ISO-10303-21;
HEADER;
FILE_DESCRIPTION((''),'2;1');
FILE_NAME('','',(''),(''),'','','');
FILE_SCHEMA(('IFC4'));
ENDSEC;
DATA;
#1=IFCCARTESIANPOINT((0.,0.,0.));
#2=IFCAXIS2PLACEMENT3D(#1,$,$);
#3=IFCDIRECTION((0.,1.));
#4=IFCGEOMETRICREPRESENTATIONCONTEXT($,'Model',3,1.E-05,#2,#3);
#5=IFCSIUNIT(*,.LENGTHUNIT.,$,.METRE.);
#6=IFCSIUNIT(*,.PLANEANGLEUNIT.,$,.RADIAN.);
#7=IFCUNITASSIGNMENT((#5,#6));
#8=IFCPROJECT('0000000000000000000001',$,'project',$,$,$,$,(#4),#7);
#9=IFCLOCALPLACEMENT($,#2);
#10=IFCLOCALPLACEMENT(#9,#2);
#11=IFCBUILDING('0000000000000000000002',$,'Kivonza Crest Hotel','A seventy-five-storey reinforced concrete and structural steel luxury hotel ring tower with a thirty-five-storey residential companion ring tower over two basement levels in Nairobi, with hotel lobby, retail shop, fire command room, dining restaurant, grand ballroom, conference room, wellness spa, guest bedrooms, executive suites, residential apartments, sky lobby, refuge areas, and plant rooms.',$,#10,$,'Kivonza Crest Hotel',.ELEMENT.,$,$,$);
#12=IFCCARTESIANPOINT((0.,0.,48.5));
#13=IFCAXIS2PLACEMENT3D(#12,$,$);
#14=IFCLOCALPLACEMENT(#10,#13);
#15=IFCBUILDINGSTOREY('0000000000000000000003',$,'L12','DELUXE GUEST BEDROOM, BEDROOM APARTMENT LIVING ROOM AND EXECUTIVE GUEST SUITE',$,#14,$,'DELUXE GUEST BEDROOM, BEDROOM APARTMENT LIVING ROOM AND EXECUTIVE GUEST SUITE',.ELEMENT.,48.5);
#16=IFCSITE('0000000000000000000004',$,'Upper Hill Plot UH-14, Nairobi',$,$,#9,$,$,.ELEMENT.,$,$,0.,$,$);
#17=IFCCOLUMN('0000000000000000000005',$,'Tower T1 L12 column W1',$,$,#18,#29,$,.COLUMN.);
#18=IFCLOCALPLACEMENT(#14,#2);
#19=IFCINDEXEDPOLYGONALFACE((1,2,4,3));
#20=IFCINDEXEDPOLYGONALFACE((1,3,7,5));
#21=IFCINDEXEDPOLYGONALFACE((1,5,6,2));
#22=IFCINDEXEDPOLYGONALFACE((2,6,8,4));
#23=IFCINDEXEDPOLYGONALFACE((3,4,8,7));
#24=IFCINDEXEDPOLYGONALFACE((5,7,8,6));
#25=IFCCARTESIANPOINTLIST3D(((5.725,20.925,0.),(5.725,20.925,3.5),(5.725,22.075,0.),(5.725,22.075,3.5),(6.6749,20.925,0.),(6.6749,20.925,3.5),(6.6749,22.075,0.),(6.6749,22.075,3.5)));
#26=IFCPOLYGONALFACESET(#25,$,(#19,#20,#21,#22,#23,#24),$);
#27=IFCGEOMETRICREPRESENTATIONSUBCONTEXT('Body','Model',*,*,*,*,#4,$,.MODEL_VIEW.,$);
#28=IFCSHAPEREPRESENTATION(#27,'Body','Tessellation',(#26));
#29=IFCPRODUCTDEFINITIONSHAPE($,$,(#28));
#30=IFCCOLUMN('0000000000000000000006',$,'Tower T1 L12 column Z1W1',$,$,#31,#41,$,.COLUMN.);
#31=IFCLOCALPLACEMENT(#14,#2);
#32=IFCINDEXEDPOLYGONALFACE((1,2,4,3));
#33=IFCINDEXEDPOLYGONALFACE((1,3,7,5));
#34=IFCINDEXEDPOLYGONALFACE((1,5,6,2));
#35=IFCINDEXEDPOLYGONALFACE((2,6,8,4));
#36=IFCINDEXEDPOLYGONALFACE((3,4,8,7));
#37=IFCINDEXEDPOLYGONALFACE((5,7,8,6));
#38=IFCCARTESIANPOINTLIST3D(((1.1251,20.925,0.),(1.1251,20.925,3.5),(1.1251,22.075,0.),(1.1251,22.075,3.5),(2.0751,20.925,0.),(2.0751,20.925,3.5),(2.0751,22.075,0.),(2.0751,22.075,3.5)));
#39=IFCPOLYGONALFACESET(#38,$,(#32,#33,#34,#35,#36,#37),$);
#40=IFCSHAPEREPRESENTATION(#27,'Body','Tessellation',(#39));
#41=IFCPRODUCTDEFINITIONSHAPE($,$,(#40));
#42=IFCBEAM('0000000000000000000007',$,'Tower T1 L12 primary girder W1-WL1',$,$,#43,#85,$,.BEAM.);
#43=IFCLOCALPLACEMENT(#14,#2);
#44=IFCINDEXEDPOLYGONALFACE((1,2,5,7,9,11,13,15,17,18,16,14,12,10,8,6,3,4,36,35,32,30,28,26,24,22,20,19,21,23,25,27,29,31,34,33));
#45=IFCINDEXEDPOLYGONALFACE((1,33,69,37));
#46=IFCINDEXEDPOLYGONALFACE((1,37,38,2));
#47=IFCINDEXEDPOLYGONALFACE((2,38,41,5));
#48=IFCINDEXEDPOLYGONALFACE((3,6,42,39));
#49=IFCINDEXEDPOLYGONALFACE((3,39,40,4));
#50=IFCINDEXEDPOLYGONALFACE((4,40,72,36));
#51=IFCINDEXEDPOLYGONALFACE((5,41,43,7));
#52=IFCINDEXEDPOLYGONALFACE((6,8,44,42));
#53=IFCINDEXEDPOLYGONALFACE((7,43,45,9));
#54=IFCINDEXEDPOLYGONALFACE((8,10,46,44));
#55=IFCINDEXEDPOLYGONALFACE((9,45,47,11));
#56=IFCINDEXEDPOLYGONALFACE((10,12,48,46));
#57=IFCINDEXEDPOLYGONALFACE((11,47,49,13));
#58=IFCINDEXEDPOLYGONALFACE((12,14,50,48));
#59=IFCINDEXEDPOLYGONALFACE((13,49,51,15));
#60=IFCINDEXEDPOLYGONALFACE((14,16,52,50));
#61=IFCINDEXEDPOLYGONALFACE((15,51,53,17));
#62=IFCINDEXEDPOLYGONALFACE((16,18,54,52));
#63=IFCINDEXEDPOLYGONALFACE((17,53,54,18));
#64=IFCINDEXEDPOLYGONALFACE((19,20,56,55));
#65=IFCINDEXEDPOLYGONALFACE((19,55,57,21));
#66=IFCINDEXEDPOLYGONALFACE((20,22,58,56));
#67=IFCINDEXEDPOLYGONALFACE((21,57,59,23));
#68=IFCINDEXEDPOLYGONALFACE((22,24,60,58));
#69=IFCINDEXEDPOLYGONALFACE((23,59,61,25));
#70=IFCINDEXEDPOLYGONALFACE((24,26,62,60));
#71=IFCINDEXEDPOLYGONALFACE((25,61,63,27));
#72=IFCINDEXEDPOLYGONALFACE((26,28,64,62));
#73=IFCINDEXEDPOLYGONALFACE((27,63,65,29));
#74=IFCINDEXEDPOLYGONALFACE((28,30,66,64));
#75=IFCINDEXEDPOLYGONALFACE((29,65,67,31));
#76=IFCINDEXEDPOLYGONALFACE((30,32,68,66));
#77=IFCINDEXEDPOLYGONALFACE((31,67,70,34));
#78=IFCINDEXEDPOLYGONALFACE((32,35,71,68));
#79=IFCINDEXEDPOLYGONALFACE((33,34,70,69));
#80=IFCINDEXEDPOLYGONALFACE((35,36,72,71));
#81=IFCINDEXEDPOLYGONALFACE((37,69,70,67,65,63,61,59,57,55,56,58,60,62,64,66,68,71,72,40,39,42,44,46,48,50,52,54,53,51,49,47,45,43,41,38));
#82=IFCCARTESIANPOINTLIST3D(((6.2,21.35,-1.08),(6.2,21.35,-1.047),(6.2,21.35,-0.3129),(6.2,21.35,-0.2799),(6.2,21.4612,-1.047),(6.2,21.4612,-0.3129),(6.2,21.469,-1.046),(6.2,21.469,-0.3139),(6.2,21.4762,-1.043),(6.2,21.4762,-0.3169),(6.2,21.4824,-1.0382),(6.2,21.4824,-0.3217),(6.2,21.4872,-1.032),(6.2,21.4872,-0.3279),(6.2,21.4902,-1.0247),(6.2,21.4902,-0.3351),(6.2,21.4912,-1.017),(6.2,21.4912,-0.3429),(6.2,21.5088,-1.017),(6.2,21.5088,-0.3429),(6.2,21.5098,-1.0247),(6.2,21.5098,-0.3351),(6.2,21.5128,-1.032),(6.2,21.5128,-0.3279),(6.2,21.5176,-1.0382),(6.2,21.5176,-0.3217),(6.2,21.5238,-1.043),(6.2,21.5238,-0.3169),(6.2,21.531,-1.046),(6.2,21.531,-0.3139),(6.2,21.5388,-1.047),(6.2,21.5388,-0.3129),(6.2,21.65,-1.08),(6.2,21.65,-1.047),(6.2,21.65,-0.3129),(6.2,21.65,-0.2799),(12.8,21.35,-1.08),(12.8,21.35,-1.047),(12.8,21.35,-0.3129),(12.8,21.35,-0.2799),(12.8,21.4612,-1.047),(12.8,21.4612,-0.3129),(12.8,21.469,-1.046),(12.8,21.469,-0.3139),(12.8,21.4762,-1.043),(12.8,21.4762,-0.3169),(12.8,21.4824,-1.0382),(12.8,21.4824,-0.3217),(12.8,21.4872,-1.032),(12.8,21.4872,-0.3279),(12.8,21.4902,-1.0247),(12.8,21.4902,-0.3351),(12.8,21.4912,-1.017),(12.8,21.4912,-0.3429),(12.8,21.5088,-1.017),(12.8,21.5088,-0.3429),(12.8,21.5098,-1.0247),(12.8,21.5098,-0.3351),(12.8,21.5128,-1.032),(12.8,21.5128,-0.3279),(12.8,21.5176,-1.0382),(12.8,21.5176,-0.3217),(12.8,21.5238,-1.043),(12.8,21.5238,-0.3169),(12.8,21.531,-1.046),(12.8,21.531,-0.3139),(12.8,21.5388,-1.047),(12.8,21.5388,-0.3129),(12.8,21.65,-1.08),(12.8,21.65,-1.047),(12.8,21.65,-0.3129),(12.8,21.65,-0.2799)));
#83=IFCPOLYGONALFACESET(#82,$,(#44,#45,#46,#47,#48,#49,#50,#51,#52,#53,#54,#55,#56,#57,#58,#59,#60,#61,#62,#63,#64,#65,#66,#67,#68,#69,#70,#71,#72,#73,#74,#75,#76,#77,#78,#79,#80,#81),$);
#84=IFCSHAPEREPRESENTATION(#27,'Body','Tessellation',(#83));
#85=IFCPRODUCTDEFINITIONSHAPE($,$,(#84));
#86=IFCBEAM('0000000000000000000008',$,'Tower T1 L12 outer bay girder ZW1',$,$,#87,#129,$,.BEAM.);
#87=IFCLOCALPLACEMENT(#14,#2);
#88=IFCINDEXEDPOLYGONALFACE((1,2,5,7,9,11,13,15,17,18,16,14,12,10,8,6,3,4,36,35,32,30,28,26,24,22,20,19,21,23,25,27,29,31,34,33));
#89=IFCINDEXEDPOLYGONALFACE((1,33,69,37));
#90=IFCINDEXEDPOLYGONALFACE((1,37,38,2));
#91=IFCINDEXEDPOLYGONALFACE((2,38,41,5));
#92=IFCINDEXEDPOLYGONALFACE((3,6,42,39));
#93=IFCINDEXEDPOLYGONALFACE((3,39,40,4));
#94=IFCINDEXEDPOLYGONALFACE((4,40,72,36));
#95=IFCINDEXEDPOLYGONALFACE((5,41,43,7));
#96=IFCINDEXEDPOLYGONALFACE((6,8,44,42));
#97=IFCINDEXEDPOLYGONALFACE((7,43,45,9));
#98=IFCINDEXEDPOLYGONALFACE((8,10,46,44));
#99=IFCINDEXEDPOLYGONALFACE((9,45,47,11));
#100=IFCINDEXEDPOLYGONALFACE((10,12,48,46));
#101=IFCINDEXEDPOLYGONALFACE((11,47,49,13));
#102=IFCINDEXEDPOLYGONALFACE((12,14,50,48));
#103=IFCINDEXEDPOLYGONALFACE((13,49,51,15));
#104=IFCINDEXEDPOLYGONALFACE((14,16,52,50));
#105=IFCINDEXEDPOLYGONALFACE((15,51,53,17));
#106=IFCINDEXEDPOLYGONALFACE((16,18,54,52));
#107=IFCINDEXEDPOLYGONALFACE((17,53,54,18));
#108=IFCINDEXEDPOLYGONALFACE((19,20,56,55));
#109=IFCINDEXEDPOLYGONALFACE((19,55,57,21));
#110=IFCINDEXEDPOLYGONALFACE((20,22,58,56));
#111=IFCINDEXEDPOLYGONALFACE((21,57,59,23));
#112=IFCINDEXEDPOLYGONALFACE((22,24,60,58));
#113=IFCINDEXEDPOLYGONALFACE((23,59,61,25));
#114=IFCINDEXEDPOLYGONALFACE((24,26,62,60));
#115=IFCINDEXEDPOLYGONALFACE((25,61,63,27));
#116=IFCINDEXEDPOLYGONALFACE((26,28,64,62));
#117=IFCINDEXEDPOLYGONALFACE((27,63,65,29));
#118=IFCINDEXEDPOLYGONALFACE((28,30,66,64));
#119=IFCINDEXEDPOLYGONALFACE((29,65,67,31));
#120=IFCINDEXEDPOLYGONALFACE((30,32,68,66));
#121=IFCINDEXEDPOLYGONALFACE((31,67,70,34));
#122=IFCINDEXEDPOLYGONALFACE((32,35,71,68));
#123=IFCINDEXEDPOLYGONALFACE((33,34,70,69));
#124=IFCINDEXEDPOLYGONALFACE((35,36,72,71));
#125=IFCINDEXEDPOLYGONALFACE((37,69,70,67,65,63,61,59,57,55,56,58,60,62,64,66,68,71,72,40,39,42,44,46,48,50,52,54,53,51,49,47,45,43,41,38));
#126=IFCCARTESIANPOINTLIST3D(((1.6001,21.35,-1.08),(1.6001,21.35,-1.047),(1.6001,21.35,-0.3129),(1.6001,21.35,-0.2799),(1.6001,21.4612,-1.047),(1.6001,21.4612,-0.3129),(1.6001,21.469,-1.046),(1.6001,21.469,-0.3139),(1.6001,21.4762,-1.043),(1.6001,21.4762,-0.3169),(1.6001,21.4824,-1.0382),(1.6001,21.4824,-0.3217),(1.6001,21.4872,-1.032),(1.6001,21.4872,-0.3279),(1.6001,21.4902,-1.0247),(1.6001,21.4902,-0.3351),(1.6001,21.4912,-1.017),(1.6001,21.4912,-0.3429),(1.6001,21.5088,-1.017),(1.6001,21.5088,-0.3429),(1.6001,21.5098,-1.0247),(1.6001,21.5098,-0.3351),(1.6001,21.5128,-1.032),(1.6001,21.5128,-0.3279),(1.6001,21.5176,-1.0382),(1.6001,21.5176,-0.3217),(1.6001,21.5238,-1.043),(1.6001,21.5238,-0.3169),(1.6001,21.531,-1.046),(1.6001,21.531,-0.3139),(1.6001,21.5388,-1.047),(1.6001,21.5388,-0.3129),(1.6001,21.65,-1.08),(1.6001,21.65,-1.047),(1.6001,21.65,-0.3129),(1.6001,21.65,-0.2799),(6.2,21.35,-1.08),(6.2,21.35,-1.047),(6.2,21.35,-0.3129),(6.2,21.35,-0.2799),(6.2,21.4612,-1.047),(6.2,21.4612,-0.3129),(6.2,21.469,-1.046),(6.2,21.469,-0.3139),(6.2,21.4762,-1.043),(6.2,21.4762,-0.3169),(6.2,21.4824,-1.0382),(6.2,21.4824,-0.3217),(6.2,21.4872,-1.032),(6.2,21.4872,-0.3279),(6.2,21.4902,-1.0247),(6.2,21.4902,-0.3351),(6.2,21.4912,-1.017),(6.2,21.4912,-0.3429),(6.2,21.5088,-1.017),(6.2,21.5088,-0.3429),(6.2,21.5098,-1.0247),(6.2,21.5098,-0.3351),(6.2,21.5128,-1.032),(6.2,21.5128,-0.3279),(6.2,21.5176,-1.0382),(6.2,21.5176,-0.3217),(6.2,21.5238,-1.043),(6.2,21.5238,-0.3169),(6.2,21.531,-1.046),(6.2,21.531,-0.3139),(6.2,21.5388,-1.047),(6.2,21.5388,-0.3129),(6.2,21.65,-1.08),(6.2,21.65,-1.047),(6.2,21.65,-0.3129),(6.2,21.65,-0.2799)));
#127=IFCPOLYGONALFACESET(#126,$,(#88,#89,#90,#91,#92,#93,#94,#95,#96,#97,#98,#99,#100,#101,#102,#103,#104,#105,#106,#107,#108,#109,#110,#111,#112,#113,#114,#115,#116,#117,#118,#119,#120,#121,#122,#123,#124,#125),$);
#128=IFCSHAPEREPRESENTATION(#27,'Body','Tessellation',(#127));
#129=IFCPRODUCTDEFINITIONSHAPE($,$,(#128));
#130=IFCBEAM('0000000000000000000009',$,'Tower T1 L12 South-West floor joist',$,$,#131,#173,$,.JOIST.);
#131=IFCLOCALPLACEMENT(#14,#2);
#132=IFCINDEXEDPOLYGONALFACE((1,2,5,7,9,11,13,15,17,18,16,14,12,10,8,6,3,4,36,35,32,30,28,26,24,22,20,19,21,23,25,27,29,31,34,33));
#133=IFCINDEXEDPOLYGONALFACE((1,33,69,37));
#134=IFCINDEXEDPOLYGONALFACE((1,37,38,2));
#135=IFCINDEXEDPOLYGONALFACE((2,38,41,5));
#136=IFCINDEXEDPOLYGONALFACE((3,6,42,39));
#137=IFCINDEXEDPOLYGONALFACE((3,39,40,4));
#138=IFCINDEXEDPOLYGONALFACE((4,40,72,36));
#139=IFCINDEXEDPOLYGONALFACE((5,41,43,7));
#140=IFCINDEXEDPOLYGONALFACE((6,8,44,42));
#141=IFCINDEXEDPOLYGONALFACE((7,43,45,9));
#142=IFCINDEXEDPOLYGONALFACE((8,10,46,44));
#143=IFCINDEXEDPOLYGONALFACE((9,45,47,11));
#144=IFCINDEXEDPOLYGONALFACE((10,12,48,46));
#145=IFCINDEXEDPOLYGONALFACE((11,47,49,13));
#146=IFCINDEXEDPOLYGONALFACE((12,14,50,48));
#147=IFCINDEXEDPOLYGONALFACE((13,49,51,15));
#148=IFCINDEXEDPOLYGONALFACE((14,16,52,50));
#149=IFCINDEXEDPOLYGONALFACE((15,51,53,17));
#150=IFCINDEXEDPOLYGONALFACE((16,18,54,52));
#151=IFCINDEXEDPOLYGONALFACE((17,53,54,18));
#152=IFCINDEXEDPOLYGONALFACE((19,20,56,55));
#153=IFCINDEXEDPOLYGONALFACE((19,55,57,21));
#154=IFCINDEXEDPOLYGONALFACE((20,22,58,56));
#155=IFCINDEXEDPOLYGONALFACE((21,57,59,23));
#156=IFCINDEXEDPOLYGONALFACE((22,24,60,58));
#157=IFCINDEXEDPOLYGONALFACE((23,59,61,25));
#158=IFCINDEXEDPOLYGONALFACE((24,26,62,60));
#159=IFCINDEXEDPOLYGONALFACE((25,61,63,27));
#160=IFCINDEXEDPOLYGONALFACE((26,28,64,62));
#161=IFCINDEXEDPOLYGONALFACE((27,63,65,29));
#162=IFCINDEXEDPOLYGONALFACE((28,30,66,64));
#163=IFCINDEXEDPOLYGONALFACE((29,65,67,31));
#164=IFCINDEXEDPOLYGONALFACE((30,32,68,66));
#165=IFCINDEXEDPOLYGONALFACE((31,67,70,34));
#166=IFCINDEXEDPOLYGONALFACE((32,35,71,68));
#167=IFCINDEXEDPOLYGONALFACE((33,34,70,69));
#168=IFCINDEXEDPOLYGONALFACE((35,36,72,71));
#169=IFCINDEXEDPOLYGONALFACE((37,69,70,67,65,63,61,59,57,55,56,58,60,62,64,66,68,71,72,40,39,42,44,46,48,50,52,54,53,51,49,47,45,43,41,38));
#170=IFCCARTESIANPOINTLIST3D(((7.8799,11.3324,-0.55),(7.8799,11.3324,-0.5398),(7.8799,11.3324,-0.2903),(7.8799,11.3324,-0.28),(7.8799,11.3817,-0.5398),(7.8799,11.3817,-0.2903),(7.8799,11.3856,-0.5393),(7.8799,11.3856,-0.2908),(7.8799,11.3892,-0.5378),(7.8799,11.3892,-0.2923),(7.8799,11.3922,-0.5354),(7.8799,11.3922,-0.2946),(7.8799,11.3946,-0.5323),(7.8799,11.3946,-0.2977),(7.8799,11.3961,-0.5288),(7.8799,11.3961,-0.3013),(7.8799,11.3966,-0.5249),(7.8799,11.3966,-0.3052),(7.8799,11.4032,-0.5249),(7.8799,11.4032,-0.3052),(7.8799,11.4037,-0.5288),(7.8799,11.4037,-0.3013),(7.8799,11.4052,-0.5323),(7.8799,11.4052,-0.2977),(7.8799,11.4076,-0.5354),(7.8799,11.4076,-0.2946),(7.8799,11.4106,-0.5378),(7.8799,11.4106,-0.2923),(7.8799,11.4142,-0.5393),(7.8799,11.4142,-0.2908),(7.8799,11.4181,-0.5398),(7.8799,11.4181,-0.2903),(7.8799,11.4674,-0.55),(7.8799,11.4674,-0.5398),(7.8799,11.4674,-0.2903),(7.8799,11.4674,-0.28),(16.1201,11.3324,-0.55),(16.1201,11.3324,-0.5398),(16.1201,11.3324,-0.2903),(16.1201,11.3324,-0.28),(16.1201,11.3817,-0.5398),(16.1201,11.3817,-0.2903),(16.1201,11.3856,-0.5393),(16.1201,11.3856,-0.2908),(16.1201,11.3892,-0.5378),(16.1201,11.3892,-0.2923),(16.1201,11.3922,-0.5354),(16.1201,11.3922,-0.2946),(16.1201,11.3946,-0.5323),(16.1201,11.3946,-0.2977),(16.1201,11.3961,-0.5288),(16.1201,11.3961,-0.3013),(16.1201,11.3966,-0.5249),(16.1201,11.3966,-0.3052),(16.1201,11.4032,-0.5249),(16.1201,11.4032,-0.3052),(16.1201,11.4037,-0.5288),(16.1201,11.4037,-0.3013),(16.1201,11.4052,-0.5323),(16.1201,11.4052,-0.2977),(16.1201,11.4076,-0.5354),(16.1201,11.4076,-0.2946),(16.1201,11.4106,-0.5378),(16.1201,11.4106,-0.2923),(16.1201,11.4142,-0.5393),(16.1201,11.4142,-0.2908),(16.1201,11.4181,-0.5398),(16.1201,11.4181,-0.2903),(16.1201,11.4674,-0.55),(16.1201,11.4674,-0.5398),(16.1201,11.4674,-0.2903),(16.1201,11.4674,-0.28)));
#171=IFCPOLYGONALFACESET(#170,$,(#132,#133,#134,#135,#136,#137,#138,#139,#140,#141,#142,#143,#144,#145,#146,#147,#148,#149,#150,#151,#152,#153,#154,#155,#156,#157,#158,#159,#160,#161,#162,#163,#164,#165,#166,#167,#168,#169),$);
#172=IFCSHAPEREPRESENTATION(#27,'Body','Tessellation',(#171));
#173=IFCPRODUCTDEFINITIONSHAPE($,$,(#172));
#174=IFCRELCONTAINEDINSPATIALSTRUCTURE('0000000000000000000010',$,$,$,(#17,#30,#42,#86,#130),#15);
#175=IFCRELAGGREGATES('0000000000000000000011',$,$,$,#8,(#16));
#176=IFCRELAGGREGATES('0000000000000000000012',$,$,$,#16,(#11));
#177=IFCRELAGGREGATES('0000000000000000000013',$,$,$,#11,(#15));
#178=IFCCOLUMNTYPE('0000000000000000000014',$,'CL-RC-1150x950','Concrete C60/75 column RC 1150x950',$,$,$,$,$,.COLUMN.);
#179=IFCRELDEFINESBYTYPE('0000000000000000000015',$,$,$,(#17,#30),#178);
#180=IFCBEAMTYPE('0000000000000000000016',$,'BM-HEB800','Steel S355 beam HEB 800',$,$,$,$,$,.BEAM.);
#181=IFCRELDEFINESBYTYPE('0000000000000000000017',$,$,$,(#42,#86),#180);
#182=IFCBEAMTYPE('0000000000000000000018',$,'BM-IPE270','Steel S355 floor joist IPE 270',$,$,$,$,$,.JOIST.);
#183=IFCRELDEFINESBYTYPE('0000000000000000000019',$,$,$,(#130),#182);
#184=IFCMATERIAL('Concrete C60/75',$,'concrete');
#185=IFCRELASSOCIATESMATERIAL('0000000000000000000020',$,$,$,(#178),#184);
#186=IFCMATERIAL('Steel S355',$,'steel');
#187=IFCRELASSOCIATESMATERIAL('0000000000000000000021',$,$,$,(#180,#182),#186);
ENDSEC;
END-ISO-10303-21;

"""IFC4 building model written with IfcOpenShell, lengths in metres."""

from ifc_helpers import new_model, si_unit, direction, frame, origin, origin_2d, place, context, subcontext, project, spatial, rectangle, i_section, extrude, material, material_profile, profile_set, type_object, element, save


model = new_model("IFC4")

# Units and contexts
model_context = context("Model", 3, precision=1e-05, world=origin(), true_north=direction((0.0, 1.0)))
body_context = subcontext(model_context, "Body", "Model", "MODEL_VIEW")
ifc_project = project(units=[si_unit("LENGTHUNIT", "METRE"), si_unit("PLANEANGLEUNIT", "RADIAN")], contexts=[model_context])

# Site, building, storey
site_placement = place(None, origin())
site = spatial("IfcSite", under=ifc_project, at=site_placement, Name="Upper Hill Plot UH-14, Nairobi", CompositionType="ELEMENT", RefElevation=0.0)
building_placement = place(site_placement, origin())
building = spatial("IfcBuilding", under=site, at=building_placement, Name="Kivonza Crest Hotel", Description="A seventy-five-storey reinforced concrete and structural steel luxury hotel ring tower with a thirty-five-storey residential companion ring tower over two basement levels in Nairobi, with hotel lobby, retail shop, fire command room, dining restaurant, grand ballroom, conference room, wellness spa, guest bedrooms, executive suites, residential apartments, sky lobby, refuge areas, and plant rooms.", LongName="Kivonza Crest Hotel", CompositionType="ELEMENT")
storey_placement = place(building_placement, frame((0.0, 0.0, 48.5)))
storey = spatial("IfcBuildingStorey", under=building, at=storey_placement, Name="L12", Description="DELUXE GUEST BEDROOM, BEDROOM APARTMENT LIVING ROOM AND EXECUTIVE GUEST SUITE", LongName="DELUXE GUEST BEDROOM, BEDROOM APARTMENT LIVING ROOM AND EXECUTIVE GUEST SUITE", CompositionType="ELEMENT", Elevation=48.5)

# Columns
ifc_material_1 = material(Name="Concrete C60/75", Category="concrete")
ifc_material_profile_1 = material_profile(ifc_material_1, rectangle(XDim=0.95, YDim=1.1499, at=origin_2d()), Name="RC 1150x950")
ifc_profile_set_1 = profile_set([ifc_material_profile_1], Name="Concrete C60/75")
column_type = type_object("IfcColumnType", Name="CL-RC-1150x950", Description="Concrete C60/75 column RC 1150x950", PredefinedType="COLUMN", material=ifc_profile_set_1)
for number, where, z_axis, x_axis, name in (
    (1, (6.2, 21.5, 0.0), (0.0, 0.0, 1.0), (1.0, 0.0, 0.0), "Tower T1 L12 column W1"),
    (2, (1.6001, 21.5, 0.0), (0.0, 0.0, 1.0), (1.0, 0.0, 0.0), "Tower T1 L12 column Z1W1"),
):
    element("IfcColumn", number, at=place(storey_placement, frame(where, z_axis=z_axis, x_axis=x_axis)), inside=storey, type_object=column_type, Name=name, PredefinedType="COLUMN", context=body_context, shape_type="SweptSolid", body=[
        extrude(rectangle(XDim=0.95, YDim=1.1499, at=origin_2d()), origin(), (0.0, 0.0, 1.0), 3.5),
    ])

# Beams
ifc_material_2 = material(Name="Steel S355", Category="steel")
ifc_material_profile_2 = material_profile(ifc_material_2, i_section(OverallWidth=0.3, OverallDepth=0.8, WebThickness=0.0176, FlangeThickness=0.033, FilletRadius=0.03, at=origin_2d()), Name="HEB 800")
ifc_profile_set_2 = profile_set([ifc_material_profile_2], Name="Steel S355")
beam_type_1 = type_object("IfcBeamType", Name="BM-HEB800", Description="Steel S355 beam HEB 800", PredefinedType="BEAM", material=ifc_profile_set_2)
beam_1_placement = place(storey_placement, frame((6.2, 21.5, -0.6799), z_axis=(1.0, 0.0, 0.0), x_axis=(0.0, 1.0, 0.0)))
element("IfcBeam", 3, at=beam_1_placement, inside=storey, type_object=beam_type_1, Name="Tower T1 L12 primary girder W1-WL1", PredefinedType="BEAM", context=body_context, shape_type="SweptSolid", body=[
    extrude(i_section(OverallWidth=0.3, OverallDepth=0.8, WebThickness=0.0176, FlangeThickness=0.033, FilletRadius=0.03, at=origin_2d()), origin(), (0.0, 0.0, 1.0), 6.6001),
])
beam_2_placement = place(storey_placement, frame((1.6001, 21.5, -0.6799), z_axis=(1.0, 0.0, 0.0), x_axis=(0.0, 1.0, 0.0)))
element("IfcBeam", 4, at=beam_2_placement, inside=storey, type_object=beam_type_1, Name="Tower T1 L12 outer bay girder ZW1", PredefinedType="BEAM", context=body_context, shape_type="SweptSolid", body=[
    extrude(i_section(OverallWidth=0.3, OverallDepth=0.8, WebThickness=0.0176, FlangeThickness=0.033, FilletRadius=0.03, at=origin_2d()), origin(), (0.0, 0.0, 1.0), 4.5999),
])
ifc_material_profile_3 = material_profile(ifc_material_2, i_section(OverallWidth=0.135, OverallDepth=0.27, WebThickness=0.0066, FlangeThickness=0.0103, FilletRadius=0.0149, at=origin_2d()), Name="IPE 270")
ifc_profile_set_3 = profile_set([ifc_material_profile_3], Name="Steel S355")
beam_type_2 = type_object("IfcBeamType", Name="BM-IPE270", Description="Steel S355 floor joist IPE 270", PredefinedType="JOIST", material=ifc_profile_set_3)
beam_3_placement = place(storey_placement, frame((7.8799, 11.3999, -0.415), z_axis=(1.0, 0.0, 0.0), x_axis=(0.0, 1.0, 0.0)))
element("IfcBeam", 5, at=beam_3_placement, inside=storey, type_object=beam_type_2, Name="Tower T1 L12 South-West floor joist", PredefinedType="JOIST", context=body_context, shape_type="SweptSolid", body=[
    extrude(i_section(OverallWidth=0.135, OverallDepth=0.27, WebThickness=0.0066, FlangeThickness=0.0103, FilletRadius=0.0149, at=origin_2d()), origin(), (0.0, 0.0, 1.0), 8.2402),
])

save(model, "model.ifc")
